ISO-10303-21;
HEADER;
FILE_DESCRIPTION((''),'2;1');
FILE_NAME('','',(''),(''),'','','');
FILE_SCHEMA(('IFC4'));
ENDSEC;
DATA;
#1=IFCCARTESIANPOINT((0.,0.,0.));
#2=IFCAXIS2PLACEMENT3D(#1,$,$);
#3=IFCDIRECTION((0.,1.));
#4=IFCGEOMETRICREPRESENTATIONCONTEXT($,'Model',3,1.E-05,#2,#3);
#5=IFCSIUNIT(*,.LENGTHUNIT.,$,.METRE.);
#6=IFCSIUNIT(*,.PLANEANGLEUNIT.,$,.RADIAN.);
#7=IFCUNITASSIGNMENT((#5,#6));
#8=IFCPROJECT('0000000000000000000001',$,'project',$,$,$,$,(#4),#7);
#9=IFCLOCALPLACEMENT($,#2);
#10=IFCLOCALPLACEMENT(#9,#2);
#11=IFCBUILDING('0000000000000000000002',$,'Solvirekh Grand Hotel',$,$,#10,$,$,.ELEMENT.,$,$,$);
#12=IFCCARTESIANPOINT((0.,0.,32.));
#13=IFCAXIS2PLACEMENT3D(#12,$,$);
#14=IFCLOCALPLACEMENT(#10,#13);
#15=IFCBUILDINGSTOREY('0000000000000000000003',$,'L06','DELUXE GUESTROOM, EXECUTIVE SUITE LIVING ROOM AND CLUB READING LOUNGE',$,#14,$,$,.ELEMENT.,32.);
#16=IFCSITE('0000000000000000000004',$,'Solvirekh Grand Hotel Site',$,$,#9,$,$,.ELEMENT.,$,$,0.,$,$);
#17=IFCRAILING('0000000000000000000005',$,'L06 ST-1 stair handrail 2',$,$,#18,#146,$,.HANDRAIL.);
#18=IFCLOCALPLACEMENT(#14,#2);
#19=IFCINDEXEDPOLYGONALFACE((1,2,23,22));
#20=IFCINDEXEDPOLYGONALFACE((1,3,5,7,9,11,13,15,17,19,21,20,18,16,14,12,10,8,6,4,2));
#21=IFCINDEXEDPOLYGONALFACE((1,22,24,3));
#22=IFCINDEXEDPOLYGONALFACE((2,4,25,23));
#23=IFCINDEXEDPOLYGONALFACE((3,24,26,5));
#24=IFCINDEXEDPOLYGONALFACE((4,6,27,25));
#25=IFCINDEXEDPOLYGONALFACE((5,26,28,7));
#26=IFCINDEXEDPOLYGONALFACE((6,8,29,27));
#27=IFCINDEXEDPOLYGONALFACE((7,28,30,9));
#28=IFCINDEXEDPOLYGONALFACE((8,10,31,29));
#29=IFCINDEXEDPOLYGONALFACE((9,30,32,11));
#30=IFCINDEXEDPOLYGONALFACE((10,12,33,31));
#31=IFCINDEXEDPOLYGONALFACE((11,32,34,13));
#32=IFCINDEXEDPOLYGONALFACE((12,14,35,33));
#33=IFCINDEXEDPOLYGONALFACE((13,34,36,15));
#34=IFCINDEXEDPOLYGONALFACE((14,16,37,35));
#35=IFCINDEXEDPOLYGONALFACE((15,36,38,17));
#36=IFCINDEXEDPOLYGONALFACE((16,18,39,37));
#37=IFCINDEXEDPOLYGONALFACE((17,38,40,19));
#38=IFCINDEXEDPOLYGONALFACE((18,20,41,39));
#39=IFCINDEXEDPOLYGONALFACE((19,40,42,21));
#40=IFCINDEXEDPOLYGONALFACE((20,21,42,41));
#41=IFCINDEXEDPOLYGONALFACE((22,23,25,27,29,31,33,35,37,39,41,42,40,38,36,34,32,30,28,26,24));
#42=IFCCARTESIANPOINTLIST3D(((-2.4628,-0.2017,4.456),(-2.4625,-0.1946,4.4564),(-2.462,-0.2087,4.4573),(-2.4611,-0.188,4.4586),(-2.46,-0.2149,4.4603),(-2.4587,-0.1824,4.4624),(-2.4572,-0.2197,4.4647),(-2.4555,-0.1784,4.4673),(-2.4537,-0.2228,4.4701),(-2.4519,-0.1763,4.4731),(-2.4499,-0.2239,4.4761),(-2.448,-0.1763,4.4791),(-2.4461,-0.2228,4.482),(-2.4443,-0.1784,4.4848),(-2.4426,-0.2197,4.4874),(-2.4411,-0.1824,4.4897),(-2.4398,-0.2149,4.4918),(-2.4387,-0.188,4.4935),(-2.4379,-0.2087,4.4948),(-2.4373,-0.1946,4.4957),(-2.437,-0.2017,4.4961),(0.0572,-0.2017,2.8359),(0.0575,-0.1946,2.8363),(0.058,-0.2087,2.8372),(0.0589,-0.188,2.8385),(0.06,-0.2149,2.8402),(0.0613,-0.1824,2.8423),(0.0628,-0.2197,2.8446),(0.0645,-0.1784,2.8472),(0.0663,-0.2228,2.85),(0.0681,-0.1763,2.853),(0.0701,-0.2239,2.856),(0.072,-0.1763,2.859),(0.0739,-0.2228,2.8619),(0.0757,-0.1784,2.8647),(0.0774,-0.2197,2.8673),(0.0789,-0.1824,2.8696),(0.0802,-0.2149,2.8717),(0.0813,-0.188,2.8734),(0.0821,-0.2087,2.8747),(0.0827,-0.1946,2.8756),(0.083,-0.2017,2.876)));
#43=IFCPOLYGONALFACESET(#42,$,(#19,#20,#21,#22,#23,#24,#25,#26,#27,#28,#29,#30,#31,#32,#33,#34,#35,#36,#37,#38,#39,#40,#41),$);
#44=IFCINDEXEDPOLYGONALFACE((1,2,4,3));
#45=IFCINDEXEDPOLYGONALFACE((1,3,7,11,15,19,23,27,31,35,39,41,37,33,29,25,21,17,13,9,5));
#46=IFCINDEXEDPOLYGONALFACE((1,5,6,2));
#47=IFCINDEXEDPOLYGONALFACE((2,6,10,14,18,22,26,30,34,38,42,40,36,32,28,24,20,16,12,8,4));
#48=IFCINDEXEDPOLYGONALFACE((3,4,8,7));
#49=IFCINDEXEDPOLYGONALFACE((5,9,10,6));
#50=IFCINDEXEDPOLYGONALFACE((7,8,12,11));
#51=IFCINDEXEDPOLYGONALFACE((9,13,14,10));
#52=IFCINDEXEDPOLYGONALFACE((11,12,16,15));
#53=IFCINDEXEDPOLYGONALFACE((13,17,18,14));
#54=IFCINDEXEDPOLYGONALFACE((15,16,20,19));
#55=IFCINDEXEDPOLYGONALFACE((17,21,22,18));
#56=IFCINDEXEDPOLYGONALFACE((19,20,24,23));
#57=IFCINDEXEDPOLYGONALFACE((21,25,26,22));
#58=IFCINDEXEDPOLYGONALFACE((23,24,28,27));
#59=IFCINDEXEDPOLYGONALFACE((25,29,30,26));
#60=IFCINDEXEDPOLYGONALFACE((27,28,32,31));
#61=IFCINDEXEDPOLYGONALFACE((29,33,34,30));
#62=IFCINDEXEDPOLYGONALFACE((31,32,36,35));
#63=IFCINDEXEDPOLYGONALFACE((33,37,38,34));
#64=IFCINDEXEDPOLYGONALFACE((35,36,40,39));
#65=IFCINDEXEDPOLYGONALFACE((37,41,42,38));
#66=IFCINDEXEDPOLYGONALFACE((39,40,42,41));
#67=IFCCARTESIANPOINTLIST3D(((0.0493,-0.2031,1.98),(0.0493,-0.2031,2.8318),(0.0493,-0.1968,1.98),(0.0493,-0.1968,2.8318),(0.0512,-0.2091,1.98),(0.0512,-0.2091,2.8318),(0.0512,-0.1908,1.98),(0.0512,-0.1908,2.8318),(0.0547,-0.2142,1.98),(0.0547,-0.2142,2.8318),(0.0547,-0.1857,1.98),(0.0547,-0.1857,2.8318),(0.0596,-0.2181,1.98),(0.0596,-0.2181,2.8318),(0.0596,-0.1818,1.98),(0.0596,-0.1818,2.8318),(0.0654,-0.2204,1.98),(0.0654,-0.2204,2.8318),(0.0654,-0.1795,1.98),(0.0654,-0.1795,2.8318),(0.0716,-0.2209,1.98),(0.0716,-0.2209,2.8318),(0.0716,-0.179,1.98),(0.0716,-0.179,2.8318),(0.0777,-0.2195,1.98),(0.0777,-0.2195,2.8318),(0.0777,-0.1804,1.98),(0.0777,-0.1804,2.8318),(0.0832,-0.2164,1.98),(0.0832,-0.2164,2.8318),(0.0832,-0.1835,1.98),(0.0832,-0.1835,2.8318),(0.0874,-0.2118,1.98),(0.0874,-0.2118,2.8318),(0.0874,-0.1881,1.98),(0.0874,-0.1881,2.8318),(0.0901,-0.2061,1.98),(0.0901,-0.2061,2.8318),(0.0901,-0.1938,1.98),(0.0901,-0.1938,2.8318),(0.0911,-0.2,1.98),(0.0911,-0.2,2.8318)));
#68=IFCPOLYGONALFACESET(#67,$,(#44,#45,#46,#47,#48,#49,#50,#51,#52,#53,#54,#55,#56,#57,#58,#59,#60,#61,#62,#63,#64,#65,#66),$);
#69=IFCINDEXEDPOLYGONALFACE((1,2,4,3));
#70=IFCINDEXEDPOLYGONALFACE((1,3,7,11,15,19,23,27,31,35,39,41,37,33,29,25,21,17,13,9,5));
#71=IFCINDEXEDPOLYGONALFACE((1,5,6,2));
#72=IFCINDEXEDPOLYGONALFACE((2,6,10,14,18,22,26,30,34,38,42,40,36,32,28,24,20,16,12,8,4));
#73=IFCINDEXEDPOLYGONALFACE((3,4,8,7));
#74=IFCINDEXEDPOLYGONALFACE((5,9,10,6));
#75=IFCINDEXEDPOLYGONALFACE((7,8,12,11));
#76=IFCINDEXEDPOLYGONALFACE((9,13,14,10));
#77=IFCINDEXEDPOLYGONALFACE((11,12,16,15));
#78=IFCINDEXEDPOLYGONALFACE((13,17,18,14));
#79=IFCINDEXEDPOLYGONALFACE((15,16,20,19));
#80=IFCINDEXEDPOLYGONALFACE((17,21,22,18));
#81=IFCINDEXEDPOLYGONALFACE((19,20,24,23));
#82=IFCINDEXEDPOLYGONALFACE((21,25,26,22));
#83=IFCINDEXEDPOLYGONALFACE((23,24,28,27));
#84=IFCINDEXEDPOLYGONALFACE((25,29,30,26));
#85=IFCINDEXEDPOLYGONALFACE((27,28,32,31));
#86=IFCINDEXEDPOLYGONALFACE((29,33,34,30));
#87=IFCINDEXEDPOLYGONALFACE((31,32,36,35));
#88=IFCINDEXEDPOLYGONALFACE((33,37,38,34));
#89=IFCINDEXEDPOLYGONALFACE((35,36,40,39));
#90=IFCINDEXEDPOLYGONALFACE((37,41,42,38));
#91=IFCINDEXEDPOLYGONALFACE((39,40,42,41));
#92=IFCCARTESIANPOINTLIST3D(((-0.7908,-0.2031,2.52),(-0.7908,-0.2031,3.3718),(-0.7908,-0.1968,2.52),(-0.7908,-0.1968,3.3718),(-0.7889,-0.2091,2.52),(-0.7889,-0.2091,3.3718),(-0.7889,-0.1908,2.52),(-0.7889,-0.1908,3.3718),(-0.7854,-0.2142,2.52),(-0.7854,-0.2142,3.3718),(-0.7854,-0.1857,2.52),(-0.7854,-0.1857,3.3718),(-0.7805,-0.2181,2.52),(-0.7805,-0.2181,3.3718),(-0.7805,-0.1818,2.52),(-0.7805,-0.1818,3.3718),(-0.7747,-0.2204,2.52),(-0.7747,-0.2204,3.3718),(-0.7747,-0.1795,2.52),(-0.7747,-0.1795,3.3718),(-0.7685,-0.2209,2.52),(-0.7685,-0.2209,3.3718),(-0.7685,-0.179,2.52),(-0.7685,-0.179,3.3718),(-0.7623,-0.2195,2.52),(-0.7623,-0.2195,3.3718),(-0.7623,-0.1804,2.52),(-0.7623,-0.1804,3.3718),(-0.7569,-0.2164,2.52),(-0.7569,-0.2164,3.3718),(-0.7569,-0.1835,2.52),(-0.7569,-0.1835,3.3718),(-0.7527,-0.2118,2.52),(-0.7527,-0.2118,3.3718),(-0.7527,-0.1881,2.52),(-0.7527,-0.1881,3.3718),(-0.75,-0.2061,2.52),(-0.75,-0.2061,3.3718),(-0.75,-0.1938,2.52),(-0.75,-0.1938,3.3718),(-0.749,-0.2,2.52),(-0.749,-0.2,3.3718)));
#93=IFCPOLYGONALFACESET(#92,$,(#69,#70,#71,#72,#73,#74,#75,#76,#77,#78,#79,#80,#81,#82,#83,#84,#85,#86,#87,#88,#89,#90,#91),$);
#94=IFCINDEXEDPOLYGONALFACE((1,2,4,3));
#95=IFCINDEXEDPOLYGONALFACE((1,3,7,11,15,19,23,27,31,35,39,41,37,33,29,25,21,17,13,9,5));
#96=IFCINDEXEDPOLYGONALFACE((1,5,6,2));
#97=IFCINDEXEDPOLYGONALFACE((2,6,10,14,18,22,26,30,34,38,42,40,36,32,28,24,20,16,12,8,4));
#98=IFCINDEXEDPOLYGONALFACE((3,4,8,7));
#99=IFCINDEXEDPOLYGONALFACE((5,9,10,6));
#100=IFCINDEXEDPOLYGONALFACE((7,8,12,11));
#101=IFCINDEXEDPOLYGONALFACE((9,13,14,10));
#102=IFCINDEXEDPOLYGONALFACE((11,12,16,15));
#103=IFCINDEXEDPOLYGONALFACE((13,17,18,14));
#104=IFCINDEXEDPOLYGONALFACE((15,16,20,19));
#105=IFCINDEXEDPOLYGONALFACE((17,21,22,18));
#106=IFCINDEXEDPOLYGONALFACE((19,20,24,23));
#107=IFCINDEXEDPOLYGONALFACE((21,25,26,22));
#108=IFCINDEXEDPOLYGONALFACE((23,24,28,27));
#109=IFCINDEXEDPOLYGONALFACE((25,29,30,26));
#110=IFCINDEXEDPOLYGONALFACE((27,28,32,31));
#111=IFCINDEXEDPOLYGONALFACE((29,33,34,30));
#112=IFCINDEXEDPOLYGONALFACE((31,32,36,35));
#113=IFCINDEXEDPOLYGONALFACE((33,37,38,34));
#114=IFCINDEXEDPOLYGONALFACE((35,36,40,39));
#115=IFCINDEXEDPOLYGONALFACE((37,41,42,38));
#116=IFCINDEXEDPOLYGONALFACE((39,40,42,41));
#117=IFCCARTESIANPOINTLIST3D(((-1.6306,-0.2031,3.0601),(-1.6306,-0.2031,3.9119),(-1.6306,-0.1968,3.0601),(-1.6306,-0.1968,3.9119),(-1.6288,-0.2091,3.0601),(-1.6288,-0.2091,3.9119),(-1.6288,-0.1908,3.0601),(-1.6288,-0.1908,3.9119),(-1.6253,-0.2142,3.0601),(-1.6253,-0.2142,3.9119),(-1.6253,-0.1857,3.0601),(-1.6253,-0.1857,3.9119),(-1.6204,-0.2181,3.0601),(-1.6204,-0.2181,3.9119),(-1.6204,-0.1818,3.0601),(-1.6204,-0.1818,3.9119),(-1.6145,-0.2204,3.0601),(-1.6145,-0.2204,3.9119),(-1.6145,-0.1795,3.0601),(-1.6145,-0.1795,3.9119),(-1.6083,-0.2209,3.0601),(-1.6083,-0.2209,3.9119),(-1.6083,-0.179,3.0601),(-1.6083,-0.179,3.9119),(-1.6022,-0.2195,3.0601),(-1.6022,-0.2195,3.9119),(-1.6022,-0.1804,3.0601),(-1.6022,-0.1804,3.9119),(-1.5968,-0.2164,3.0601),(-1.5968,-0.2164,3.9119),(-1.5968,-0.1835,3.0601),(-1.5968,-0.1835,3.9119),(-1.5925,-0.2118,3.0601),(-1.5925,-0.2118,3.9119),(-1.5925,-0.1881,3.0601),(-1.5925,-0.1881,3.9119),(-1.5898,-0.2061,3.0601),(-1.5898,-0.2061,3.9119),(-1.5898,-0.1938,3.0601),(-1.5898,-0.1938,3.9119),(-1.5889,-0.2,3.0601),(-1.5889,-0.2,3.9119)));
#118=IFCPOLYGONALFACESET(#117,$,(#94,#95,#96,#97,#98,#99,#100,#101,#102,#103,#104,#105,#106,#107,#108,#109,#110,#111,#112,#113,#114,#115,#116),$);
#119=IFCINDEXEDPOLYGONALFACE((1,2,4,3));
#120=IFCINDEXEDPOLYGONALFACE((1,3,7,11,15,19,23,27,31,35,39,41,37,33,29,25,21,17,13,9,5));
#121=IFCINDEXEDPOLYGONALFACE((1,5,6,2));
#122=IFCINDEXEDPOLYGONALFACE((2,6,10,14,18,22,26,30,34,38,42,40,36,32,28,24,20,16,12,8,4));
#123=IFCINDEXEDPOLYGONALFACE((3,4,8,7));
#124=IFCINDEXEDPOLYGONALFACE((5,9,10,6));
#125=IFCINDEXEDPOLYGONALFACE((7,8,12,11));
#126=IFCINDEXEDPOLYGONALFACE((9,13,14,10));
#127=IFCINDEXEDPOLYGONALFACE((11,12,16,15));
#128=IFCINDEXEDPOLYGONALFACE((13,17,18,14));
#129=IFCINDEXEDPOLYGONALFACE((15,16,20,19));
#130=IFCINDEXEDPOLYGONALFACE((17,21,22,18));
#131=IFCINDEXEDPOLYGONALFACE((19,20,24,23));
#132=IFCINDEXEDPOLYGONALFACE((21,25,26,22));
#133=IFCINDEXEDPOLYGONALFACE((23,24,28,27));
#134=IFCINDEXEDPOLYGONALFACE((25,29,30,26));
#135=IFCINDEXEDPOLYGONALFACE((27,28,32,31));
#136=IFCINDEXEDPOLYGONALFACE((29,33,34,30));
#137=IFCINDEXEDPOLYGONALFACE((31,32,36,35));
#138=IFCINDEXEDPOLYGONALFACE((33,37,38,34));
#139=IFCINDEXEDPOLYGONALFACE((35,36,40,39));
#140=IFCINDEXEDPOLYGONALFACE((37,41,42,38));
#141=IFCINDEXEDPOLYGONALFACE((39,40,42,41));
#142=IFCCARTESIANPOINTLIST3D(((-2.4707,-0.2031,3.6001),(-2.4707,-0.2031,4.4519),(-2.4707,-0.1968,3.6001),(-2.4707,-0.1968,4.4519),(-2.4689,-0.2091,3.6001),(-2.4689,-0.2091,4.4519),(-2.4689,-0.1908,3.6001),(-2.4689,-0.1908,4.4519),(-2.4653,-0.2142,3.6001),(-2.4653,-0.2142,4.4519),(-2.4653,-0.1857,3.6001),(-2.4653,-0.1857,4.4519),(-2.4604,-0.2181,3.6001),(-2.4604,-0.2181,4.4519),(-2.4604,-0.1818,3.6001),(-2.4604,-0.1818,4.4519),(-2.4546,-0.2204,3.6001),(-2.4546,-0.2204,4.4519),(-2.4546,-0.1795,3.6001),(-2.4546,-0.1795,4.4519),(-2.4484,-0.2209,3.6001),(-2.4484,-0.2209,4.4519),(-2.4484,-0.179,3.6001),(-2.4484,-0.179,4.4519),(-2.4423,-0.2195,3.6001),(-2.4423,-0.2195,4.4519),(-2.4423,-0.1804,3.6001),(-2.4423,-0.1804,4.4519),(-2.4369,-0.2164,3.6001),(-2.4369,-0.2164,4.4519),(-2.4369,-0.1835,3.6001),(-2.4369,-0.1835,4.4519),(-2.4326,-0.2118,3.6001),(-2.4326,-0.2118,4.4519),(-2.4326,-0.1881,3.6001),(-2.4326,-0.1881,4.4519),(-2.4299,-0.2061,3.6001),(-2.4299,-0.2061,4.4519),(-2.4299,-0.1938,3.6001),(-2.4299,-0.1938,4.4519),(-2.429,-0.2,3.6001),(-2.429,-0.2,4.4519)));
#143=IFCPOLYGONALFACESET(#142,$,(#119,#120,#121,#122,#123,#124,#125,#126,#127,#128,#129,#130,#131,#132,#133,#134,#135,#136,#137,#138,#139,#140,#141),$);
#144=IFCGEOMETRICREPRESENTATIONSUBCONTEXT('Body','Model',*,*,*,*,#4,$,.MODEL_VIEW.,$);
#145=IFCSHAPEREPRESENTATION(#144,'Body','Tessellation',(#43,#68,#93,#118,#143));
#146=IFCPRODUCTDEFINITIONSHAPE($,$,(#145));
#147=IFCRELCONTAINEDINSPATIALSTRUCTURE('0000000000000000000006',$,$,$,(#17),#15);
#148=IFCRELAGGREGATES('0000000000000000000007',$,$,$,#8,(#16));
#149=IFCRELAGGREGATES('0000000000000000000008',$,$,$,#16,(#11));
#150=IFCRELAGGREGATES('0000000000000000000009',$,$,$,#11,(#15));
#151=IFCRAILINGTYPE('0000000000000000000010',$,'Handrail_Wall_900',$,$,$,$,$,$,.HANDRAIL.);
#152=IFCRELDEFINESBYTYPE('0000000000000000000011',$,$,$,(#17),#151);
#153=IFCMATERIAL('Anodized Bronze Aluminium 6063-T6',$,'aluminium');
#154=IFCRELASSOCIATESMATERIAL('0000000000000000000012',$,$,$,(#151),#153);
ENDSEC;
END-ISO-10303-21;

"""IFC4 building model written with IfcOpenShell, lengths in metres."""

from ifc_helpers import new_model, si_unit, direction, frame, origin, origin_2d, place, context, subcontext, project, spatial, circle, extrude, material, type_object, element, save


model = new_model("IFC4")

# Units and contexts
model_context = context("Model", 3, precision=1e-05, world=origin(), true_north=direction((0.0, 1.0)))
body_context = subcontext(model_context, "Body", "Model", "MODEL_VIEW")
ifc_project = project(units=[si_unit("LENGTHUNIT", "METRE"), si_unit("PLANEANGLEUNIT", "RADIAN")], contexts=[model_context])

# Site, building, storey
site_placement = place(None, origin())
site = spatial("IfcSite", under=ifc_project, at=site_placement, Name="Solvirekh Grand Hotel Site", CompositionType="ELEMENT", RefElevation=0.0)
building_placement = place(site_placement, origin())
building = spatial("IfcBuilding", under=site, at=building_placement, Name="Solvirekh Grand Hotel", CompositionType="ELEMENT")
storey_placement = place(building_placement, frame((0.0, 0.0, 32.0)))
storey = spatial("IfcBuildingStorey", under=building, at=storey_placement, Name="L06", Description="DELUXE GUESTROOM, EXECUTIVE SUITE LIVING ROOM AND CLUB READING LOUNGE", CompositionType="ELEMENT", Elevation=32.0)

# Railing
ifc_material_1 = material(Name="Anodized Bronze Aluminium 6063-T6", Category="aluminium")
railing_type_1 = type_object("IfcRailingType", Name="Handrail_Wall_900", PredefinedType="HANDRAIL", material=ifc_material_1)
railing_1_placement = place(storey_placement, frame((0.0701, -0.2, 1.98)))
element("IfcRailing", 1, at=railing_1_placement, inside=storey, type_object=railing_type_1, Name="L06 ST-1 stair handrail 2", PredefinedType="HANDRAIL", context=body_context, shape_type="SweptSolid", body=[
    extrude(circle(Radius=0.0239, at=origin_2d()), frame((0.0, 0.0, 0.876), z_axis=(-0.841163, 0.0, 0.540782), x_axis=(0.0, -1.0, 0.0)), (0.0, 0.0, 1.0), 2.9958),
    extrude(circle(Radius=0.021, at=origin_2d()), origin(), (0.0, 0.0, 1.0), 0.8518),
    extrude(circle(Radius=0.021, at=origin_2d()), frame((-0.8401, 0.0, 0.54)), (0.0, 0.0, 1.0), 0.8518),
    extrude(circle(Radius=0.021, at=origin_2d()), frame((-1.6799, 0.0, 1.0801)), (0.0, 0.0, 1.0), 0.8518),
    extrude(circle(Radius=0.021, at=origin_2d()), frame((-2.52, 0.0, 1.6201)), (0.0, 0.0, 1.0), 0.8518),
])

save(model, "model.ifc")
